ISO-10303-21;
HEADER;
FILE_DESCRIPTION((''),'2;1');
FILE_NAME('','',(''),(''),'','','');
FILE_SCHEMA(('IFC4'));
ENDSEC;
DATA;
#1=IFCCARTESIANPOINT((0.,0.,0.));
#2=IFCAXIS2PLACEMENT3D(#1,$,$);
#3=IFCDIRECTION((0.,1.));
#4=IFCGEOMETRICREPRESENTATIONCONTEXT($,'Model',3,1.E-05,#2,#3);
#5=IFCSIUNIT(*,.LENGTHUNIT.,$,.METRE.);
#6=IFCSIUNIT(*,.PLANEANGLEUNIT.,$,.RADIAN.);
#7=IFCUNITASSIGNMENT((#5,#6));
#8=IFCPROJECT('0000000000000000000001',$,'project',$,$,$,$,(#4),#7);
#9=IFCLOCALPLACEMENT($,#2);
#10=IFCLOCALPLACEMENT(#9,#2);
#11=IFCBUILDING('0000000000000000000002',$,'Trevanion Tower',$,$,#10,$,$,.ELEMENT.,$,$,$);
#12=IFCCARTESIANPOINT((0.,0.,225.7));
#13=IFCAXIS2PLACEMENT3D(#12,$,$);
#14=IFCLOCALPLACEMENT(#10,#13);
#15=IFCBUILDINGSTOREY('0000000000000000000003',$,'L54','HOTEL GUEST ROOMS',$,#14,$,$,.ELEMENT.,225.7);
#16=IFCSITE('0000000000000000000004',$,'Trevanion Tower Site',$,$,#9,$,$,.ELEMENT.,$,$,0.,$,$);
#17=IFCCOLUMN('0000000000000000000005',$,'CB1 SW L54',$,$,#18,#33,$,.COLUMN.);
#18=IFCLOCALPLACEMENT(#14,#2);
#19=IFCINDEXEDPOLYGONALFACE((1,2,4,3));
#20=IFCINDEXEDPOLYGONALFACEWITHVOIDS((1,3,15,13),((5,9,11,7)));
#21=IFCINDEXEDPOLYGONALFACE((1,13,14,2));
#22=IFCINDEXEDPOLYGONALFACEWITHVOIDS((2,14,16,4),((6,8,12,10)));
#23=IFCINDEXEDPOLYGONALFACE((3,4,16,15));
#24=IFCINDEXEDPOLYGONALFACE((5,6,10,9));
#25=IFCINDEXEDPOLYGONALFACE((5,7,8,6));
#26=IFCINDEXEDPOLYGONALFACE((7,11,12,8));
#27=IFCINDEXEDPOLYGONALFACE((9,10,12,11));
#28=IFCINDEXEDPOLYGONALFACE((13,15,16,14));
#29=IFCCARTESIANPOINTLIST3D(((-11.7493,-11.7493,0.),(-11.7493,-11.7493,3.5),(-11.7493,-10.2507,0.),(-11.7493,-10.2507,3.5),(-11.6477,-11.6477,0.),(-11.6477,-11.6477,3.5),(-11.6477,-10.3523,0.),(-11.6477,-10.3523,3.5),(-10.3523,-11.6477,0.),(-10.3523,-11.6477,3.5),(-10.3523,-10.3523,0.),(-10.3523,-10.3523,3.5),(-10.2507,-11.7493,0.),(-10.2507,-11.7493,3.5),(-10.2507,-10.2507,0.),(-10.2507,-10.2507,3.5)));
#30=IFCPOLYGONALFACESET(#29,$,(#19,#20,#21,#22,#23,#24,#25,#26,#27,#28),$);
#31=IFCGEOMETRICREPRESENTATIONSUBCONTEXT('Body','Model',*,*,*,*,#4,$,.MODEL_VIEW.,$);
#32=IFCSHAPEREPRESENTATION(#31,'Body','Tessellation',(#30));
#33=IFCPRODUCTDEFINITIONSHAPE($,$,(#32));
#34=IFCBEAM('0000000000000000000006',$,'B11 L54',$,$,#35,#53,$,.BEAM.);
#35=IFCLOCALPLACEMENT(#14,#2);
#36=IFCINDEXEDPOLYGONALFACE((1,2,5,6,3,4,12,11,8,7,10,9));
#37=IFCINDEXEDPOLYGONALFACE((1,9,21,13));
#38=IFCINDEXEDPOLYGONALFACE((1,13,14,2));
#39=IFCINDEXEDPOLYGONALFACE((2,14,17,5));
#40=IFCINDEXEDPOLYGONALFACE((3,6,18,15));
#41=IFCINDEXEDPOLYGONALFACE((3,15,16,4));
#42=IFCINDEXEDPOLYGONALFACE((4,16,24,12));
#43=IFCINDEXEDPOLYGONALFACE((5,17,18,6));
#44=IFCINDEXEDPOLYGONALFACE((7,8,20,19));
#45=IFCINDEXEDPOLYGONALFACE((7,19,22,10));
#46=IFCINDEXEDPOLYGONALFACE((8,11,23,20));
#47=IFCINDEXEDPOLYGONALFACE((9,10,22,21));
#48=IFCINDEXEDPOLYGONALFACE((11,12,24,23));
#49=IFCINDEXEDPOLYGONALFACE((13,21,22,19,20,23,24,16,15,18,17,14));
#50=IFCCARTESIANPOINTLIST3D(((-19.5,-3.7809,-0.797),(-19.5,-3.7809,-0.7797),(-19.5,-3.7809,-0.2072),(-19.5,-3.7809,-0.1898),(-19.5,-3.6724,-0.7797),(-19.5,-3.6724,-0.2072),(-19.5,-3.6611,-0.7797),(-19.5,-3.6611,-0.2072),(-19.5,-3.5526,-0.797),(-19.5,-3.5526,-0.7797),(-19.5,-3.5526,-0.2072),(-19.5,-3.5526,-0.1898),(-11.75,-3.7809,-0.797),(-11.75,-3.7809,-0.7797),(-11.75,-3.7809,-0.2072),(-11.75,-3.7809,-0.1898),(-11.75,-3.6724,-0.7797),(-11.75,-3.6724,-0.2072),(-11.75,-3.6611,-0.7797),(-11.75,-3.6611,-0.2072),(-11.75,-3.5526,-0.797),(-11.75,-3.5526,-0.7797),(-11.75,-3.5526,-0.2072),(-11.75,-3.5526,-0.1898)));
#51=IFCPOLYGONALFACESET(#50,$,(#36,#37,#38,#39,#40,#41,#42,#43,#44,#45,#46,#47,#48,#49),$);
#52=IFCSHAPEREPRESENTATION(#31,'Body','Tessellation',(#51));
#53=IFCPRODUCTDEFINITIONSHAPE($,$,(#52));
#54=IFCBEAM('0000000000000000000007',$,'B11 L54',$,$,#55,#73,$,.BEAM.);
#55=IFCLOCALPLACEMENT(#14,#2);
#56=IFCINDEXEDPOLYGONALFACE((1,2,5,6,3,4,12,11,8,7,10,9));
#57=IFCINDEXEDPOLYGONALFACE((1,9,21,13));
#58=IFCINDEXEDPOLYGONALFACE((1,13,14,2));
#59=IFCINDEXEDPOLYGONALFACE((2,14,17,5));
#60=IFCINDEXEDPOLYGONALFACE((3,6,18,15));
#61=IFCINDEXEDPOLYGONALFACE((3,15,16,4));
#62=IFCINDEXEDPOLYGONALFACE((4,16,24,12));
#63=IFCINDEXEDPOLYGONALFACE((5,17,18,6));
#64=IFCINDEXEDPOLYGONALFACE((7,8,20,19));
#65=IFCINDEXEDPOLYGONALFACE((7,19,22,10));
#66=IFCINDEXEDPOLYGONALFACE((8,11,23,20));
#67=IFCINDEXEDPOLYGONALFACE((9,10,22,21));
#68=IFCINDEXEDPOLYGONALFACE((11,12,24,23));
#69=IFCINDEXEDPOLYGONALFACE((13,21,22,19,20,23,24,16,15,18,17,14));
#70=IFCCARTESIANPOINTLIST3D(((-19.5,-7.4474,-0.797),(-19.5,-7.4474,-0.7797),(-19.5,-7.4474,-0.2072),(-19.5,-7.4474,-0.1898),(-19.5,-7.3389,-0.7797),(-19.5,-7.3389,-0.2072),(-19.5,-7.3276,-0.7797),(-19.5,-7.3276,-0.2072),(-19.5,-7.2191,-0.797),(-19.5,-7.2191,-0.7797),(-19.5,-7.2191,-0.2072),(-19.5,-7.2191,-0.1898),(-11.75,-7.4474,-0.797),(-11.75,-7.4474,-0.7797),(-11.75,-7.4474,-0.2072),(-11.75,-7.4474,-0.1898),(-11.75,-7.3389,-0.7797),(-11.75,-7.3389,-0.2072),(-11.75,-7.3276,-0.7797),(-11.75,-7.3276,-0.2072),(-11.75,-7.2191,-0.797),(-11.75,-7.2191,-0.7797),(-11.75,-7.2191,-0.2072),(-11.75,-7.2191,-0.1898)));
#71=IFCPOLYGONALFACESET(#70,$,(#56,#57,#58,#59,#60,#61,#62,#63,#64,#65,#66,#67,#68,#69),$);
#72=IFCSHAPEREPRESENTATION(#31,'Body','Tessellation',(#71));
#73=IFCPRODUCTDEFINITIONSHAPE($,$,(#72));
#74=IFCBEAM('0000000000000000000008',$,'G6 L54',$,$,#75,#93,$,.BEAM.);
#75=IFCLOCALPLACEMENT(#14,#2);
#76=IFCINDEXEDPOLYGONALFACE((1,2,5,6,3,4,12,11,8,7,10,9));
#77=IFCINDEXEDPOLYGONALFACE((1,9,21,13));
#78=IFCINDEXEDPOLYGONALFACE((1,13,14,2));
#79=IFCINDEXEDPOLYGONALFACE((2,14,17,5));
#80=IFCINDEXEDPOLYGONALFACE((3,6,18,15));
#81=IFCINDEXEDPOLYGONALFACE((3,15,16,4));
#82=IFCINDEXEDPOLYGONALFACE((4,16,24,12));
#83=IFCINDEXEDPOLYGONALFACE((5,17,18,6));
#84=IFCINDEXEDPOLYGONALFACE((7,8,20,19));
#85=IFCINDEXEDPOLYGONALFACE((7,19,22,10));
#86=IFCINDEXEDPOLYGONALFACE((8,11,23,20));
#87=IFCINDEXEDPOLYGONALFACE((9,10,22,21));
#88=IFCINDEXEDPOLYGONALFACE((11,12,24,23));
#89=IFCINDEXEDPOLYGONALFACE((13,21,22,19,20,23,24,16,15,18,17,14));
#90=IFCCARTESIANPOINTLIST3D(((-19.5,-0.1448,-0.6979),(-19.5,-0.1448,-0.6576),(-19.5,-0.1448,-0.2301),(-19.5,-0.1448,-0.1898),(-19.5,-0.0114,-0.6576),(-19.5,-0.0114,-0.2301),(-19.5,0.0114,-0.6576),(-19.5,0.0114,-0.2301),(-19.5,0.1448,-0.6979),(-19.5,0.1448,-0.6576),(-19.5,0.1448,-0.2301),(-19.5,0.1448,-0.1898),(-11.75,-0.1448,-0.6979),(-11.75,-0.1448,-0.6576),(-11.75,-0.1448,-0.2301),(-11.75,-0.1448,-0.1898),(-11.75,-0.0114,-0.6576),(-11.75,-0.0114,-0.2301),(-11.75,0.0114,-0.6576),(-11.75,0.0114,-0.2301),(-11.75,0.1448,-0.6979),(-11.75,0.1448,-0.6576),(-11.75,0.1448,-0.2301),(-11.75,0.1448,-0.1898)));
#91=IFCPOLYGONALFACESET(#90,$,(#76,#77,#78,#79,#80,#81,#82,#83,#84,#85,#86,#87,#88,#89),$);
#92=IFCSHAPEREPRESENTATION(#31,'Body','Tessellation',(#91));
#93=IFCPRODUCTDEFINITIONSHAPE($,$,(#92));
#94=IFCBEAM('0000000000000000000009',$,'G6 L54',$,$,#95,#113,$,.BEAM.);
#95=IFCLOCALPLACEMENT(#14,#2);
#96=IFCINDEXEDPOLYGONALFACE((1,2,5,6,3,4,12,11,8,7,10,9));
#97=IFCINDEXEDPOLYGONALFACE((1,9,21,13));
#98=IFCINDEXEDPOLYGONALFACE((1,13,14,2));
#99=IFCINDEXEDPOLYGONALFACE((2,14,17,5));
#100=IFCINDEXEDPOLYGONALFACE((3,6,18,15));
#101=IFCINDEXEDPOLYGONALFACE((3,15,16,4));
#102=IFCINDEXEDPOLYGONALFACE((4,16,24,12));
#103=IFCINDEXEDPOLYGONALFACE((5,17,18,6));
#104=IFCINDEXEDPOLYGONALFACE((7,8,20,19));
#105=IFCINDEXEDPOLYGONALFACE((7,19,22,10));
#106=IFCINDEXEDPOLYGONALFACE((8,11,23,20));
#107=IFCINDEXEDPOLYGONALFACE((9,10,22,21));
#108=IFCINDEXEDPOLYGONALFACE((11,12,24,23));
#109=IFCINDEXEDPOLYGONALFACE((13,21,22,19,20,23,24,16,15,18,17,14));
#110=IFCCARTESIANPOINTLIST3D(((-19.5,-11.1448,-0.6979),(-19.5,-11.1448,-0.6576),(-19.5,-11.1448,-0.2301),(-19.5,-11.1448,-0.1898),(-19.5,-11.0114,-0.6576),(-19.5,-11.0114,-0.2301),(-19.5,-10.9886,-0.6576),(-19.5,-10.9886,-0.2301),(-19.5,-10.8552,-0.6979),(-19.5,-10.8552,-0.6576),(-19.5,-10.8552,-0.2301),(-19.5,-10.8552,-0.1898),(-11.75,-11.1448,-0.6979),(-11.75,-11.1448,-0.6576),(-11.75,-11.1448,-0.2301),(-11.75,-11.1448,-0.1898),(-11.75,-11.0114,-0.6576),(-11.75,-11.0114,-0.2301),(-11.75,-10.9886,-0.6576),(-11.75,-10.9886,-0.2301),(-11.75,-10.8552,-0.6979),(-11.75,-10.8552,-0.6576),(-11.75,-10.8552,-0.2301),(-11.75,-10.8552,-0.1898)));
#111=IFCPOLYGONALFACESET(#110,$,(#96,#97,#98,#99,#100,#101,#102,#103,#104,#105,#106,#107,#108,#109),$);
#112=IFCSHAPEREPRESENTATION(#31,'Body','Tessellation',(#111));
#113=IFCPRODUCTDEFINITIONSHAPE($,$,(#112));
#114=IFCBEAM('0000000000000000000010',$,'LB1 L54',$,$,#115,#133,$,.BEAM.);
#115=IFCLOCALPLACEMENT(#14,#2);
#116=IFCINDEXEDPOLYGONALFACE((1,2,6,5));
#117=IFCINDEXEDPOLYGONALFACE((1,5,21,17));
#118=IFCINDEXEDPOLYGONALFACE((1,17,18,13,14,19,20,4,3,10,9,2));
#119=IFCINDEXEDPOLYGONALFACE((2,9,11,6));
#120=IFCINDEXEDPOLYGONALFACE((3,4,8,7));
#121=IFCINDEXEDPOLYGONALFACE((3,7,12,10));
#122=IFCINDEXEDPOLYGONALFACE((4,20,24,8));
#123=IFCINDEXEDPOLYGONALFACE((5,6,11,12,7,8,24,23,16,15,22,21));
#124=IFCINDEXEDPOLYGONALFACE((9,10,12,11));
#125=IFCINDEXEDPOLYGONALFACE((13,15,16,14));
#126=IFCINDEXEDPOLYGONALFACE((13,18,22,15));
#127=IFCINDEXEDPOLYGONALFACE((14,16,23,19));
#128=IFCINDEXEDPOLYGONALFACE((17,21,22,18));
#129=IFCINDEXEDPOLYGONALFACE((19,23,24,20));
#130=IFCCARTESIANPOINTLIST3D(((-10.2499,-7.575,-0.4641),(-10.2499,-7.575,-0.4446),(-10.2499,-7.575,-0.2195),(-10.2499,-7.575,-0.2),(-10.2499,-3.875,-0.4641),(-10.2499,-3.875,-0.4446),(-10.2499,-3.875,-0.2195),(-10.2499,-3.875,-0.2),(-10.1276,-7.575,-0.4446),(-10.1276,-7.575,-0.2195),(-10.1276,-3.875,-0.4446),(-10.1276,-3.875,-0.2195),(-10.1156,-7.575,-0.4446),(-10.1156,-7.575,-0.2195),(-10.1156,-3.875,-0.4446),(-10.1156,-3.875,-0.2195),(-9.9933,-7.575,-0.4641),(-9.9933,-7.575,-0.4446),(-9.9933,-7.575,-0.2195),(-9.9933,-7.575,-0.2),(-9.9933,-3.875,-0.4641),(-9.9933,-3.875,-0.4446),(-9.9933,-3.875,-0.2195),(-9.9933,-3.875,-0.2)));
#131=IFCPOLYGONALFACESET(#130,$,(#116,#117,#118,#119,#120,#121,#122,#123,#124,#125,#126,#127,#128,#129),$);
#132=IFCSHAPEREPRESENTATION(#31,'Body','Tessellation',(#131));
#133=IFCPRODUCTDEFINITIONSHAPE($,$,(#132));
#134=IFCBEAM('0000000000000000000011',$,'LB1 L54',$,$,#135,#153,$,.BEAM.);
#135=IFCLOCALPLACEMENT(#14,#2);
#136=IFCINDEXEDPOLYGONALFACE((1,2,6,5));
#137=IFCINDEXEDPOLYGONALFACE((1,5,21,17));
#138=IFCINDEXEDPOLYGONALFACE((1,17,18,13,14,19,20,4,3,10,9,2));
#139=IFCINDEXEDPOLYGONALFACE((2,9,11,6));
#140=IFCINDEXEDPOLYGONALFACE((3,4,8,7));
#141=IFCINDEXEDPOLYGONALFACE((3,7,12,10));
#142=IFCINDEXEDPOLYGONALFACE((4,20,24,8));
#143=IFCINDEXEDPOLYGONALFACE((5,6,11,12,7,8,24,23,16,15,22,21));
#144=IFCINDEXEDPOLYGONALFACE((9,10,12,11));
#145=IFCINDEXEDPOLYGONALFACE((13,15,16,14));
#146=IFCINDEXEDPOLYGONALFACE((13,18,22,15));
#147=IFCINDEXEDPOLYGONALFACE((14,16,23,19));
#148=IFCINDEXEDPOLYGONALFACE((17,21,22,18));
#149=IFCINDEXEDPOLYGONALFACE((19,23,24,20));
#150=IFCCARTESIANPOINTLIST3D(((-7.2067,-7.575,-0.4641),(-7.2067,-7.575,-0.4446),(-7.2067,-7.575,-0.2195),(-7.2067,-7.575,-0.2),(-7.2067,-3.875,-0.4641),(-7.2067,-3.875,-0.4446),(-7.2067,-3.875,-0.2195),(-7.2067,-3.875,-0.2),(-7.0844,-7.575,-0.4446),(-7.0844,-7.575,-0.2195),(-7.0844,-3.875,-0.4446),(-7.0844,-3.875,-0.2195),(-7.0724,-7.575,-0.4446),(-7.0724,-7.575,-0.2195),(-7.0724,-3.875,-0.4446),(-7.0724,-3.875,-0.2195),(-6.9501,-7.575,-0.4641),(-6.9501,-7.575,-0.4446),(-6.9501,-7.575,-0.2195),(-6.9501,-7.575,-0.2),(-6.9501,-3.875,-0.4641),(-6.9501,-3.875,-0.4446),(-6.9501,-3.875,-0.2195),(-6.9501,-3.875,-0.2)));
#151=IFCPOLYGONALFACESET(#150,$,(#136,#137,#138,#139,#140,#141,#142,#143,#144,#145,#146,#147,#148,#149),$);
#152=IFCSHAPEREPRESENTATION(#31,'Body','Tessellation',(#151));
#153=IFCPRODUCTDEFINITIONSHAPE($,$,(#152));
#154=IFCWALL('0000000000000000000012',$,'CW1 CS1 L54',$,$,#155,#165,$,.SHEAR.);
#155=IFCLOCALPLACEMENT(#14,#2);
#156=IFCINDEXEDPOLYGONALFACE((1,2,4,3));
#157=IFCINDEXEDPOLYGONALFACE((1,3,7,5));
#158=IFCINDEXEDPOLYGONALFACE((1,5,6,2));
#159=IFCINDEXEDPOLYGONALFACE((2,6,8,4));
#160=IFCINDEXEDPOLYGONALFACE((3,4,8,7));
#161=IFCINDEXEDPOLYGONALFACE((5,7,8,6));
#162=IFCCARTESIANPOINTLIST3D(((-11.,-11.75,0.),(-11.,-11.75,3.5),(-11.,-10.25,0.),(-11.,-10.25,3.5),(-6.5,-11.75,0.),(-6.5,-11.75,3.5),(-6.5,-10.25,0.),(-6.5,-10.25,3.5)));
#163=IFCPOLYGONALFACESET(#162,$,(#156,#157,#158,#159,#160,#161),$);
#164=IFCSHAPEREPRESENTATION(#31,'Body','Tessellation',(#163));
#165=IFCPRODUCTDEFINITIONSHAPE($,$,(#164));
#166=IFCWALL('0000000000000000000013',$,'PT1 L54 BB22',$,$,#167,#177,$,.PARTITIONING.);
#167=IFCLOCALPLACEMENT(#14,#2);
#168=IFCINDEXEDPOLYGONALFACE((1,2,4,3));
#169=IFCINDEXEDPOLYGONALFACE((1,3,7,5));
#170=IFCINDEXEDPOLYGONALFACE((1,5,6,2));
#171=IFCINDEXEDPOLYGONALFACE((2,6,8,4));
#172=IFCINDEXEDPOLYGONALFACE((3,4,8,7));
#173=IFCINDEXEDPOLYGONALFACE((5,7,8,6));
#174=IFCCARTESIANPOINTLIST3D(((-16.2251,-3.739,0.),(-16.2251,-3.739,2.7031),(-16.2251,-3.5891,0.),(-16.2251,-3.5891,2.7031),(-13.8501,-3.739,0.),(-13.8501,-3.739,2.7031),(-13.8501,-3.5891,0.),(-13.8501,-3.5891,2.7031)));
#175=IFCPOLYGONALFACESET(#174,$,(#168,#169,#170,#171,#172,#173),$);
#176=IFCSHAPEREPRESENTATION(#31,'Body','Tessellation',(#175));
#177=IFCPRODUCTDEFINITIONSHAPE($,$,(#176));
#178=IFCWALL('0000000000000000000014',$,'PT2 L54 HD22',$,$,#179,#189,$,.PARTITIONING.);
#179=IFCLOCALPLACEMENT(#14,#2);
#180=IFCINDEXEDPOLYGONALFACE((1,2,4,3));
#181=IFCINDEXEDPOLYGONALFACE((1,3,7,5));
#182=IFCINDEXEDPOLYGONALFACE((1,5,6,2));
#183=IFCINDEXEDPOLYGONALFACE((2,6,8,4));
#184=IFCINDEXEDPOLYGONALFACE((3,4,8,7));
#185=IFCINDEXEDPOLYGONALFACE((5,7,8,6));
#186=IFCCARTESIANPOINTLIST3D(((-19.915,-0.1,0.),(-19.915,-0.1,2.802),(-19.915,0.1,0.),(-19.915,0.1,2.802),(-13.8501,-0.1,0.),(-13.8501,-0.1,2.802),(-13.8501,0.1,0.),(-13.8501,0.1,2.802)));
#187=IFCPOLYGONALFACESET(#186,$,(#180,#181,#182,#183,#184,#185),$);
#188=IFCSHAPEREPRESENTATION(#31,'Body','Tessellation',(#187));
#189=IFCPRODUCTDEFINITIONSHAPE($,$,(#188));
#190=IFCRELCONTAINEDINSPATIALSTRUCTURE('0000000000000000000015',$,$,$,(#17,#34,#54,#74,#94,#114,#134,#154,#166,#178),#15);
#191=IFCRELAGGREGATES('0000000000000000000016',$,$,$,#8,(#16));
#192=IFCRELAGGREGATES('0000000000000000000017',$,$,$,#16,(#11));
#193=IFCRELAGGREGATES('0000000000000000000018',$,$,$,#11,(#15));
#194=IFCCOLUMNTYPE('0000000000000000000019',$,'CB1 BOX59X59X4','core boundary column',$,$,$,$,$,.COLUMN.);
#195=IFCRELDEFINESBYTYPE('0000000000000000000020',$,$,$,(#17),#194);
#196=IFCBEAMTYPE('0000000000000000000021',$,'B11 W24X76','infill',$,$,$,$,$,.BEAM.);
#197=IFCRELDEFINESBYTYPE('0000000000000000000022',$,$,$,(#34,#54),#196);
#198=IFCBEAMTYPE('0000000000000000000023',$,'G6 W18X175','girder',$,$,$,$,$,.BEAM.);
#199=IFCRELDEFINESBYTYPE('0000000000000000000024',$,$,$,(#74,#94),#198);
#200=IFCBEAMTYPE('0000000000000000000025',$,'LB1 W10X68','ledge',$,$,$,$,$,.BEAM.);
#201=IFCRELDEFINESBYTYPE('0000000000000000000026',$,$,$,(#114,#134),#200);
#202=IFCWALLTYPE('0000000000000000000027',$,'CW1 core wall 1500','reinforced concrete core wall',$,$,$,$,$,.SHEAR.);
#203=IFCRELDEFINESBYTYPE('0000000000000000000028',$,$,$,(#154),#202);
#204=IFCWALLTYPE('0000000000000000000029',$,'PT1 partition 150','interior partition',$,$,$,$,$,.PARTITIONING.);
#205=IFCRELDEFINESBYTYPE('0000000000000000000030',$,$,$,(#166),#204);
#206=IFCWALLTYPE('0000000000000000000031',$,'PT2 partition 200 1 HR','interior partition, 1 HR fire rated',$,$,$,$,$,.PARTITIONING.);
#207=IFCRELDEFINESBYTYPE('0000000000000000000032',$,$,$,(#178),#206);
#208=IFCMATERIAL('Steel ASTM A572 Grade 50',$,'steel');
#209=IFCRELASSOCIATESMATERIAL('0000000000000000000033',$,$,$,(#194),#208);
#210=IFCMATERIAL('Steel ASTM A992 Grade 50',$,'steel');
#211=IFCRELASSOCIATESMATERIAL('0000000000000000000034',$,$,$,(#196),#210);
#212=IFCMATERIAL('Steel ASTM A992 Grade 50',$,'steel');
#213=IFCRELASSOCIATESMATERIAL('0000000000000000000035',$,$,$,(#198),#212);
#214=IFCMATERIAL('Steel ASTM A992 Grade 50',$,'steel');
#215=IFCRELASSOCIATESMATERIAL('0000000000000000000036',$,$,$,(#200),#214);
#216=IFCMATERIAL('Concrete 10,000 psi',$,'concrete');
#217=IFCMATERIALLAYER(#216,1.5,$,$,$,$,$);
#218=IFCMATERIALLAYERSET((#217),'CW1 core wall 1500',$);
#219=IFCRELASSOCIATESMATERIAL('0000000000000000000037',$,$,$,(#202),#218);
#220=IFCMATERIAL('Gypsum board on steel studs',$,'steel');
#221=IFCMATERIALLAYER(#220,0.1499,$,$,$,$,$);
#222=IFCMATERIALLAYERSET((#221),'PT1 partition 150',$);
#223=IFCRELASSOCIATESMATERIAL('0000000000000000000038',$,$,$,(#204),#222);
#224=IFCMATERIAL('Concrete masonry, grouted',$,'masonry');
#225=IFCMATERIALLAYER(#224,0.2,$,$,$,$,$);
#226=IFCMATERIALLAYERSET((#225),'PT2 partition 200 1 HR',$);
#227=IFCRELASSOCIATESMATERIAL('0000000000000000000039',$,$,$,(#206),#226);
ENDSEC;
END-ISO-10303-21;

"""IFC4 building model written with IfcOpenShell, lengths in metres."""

from ifc_helpers import new_model, si_unit, direction, frame, frame_2d, origin, origin_2d, place, context, subcontext, project, spatial, rectangle, hollow_rectangle, i_section, extrude, material, layer, layer_set, material_profile, profile_set, type_object, element, save


model = new_model("IFC4")

# Units and contexts
model_context = context("Model", 3, precision=1e-05, world=origin(), true_north=direction((0.0, 1.0)))
body_context = subcontext(model_context, "Body", "Model", "MODEL_VIEW")
ifc_project = project(units=[si_unit("LENGTHUNIT", "METRE"), si_unit("PLANEANGLEUNIT", "RADIAN")], contexts=[model_context])

# Site, building, storey
site_placement = place(None, origin())
site = spatial("IfcSite", under=ifc_project, at=site_placement, Name="Trevanion Tower Site", CompositionType="ELEMENT", RefElevation=0.0)
building_placement = place(site_placement, origin())
building = spatial("IfcBuilding", under=site, at=building_placement, Name="Trevanion Tower", CompositionType="ELEMENT")
storey_placement = place(building_placement, frame((0.0, 0.0, 225.7)))
storey = spatial("IfcBuildingStorey", under=building, at=storey_placement, Name="L54", Description="HOTEL GUEST ROOMS", CompositionType="ELEMENT", Elevation=225.7)

# Column
ifc_material_1 = material(Name="Steel ASTM A572 Grade 50", Category="steel")
ifc_material_profile_1 = material_profile(ifc_material_1, hollow_rectangle(XDim=1.4985, YDim=1.4985, WallThickness=0.1016, at=origin_2d()), Name="BOX59X59X4")
ifc_profile_set_1 = profile_set([ifc_material_profile_1], Name="Steel ASTM A572 Grade 50")
column_type = type_object("IfcColumnType", Name="CB1 BOX59X59X4", Description="core boundary column", PredefinedType="COLUMN", material=ifc_profile_set_1)
column_placement = place(storey_placement, frame((-11.0, -11.0, 0.0), z_axis=(0.0, 0.0, 1.0), x_axis=(1.0, 0.0, 0.0)))
element("IfcColumn", 1, at=column_placement, inside=storey, type_object=column_type, Name="CB1 SW L54", PredefinedType="COLUMN", context=body_context, shape_type="SweptSolid", body=[
    extrude(hollow_rectangle(XDim=1.4985, YDim=1.4985, WallThickness=0.1016, at=origin_2d()), origin(), (0.0, 0.0, 1.0), 3.5),
])

# Beams
ifc_material_2 = material(Name="Steel ASTM A992 Grade 50", Category="steel")
ifc_material_profile_2 = material_profile(ifc_material_2, i_section(OverallWidth=0.2283, OverallDepth=0.6072, WebThickness=0.0112, FlangeThickness=0.0173, at=origin_2d()), Name="W24X76")
ifc_profile_set_2 = profile_set([ifc_material_profile_2], Name="Steel ASTM A992 Grade 50")
beam_type_1 = type_object("IfcBeamType", Name="B11 W24X76", Description="infill", PredefinedType="BEAM", material=ifc_profile_set_2)
for number, where, z_axis, x_axis, name in (
    (2, (-11.75, -3.6667, -0.4934), (-1.0, 0.0, 0.0), (0.0, -1.0, 0.0), "B11 L54"),
    (3, (-11.75, -7.3333, -0.4934), (-1.0, 0.0, 0.0), (0.0, -1.0, 0.0), "B11 L54"),
):
    element("IfcBeam", number, at=place(storey_placement, frame(where, z_axis=z_axis, x_axis=x_axis)), inside=storey, type_object=beam_type_1, Name=name, PredefinedType="BEAM", context=body_context, shape_type="SweptSolid", body=[
        extrude(i_section(OverallWidth=0.2283, OverallDepth=0.6072, WebThickness=0.0112, FlangeThickness=0.0173, at=origin_2d()), origin(), (0.0, 0.0, 1.0), 7.75),
    ])
ifc_material_3 = material(Name="Steel ASTM A992 Grade 50", Category="steel")
ifc_material_profile_3 = material_profile(ifc_material_3, i_section(OverallWidth=0.2896, OverallDepth=0.5081, WebThickness=0.0227, FlangeThickness=0.0403, at=origin_2d()), Name="W18X175")
ifc_profile_set_3 = profile_set([ifc_material_profile_3], Name="Steel ASTM A992 Grade 50")
beam_type_2 = type_object("IfcBeamType", Name="G6 W18X175", Description="girder", PredefinedType="BEAM", material=ifc_profile_set_3)
for number, where, z_axis, x_axis, name in (
    (4, (-11.75, 0.0, -0.4438), (-1.0, 0.0, 0.0), (0.0, -1.0, 0.0), "G6 L54"),
    (5, (-11.75, -11.0, -0.4438), (-1.0, 0.0, 0.0), (0.0, -1.0, 0.0), "G6 L54"),
):
    element("IfcBeam", number, at=place(storey_placement, frame(where, z_axis=z_axis, x_axis=x_axis)), inside=storey, type_object=beam_type_2, Name=name, PredefinedType="BEAM", context=body_context, shape_type="SweptSolid", body=[
        extrude(i_section(OverallWidth=0.2896, OverallDepth=0.5081, WebThickness=0.0227, FlangeThickness=0.0403, at=origin_2d()), origin(), (0.0, 0.0, 1.0), 7.75),
    ])
ifc_material_4 = material(Name="Steel ASTM A992 Grade 50", Category="steel")
ifc_material_profile_4 = material_profile(ifc_material_4, i_section(OverallWidth=0.2566, OverallDepth=0.2642, WebThickness=0.012, FlangeThickness=0.0195, at=origin_2d()), Name="W10X68")
ifc_profile_set_4 = profile_set([ifc_material_profile_4], Name="Steel ASTM A992 Grade 50")
beam_type_3 = type_object("IfcBeamType", Name="LB1 W10X68", Description="ledge", PredefinedType="BEAM", material=ifc_profile_set_4)
for number, where, z_axis, x_axis, name in (
    (6, (-10.1216, -7.575, -0.332), (0.0, 1.0, 0.0), (-1.0, 0.0, 0.0), "LB1 L54"),
    (7, (-7.0784, -7.575, -0.332), (0.0, 1.0, 0.0), (-1.0, 0.0, 0.0), "LB1 L54"),
):
    element("IfcBeam", number, at=place(storey_placement, frame(where, z_axis=z_axis, x_axis=x_axis)), inside=storey, type_object=beam_type_3, Name=name, PredefinedType="BEAM", context=body_context, shape_type="SweptSolid", body=[
        extrude(i_section(OverallWidth=0.2566, OverallDepth=0.2642, WebThickness=0.012, FlangeThickness=0.0195, at=origin_2d()), origin(), (0.0, 0.0, 1.0), 3.7),
    ])

# Walls
ifc_material_5 = material(Name="Concrete 10,000 psi", Category="concrete")
ifc_layer_1 = layer(ifc_material_5, 1.5)
ifc_layer_set_1 = layer_set([ifc_layer_1], Name="CW1 core wall 1500")
wall_type_1 = type_object("IfcWallType", Name="CW1 core wall 1500", Description="reinforced concrete core wall", PredefinedType="SHEAR", material=ifc_layer_set_1)
wall_1_placement = place(storey_placement, frame((-11.0, -11.0, 0.0), z_axis=(0.0, 0.0, 1.0), x_axis=(1.0, 0.0, 0.0)))
element("IfcWall", 8, at=wall_1_placement, inside=storey, type_object=wall_type_1, Name="CW1 CS1 L54", PredefinedType="SHEAR", context=body_context, shape_type="SweptSolid", body=[
    extrude(rectangle(XDim=4.5, YDim=1.5, at=frame_2d((2.25, 0.0))), origin(), (0.0, 0.0, 1.0), 3.5),
])
ifc_material_6 = material(Name="Gypsum board on steel studs", Category="steel")
ifc_layer_2 = layer(ifc_material_6, 0.1499)
ifc_layer_set_2 = layer_set([ifc_layer_2], Name="PT1 partition 150")
wall_type_2 = type_object("IfcWallType", Name="PT1 partition 150", Description="interior partition", PredefinedType="PARTITIONING", material=ifc_layer_set_2)
wall_2_placement = place(storey_placement, frame((-13.8501, -3.6641, 0.0), z_axis=(0.0, 0.0, 1.0), x_axis=(-1.0, 0.0, 0.0)))
element("IfcWall", 9, at=wall_2_placement, inside=storey, type_object=wall_type_2, Name="PT1 L54 BB22", PredefinedType="PARTITIONING", context=body_context, shape_type="SweptSolid", body=[
    extrude(rectangle(XDim=2.375, YDim=0.1499, at=frame_2d((1.1875, 0.0))), origin(), (0.0, 0.0, 1.0), 2.7031),
])
ifc_material_7 = material(Name="Concrete masonry, grouted", Category="masonry")
ifc_layer_3 = layer(ifc_material_7, 0.2)
ifc_layer_set_3 = layer_set([ifc_layer_3], Name="PT2 partition 200 1 HR")
wall_type_3 = type_object("IfcWallType", Name="PT2 partition 200 1 HR", Description="interior partition, 1 HR fire rated", PredefinedType="PARTITIONING", material=ifc_layer_set_3)
wall_3_placement = place(storey_placement, frame((-13.8501, 0.0, 0.0), z_axis=(0.0, 0.0, 1.0), x_axis=(-1.0, 0.0, 0.0)))
element("IfcWall", 10, at=wall_3_placement, inside=storey, type_object=wall_type_3, Name="PT2 L54 HD22", PredefinedType="PARTITIONING", context=body_context, shape_type="SweptSolid", body=[
    extrude(rectangle(XDim=6.0649, YDim=0.2, at=frame_2d((3.0325, 0.0))), origin(), (0.0, 0.0, 1.0), 2.802),
])

save(model, "model.ifc")
